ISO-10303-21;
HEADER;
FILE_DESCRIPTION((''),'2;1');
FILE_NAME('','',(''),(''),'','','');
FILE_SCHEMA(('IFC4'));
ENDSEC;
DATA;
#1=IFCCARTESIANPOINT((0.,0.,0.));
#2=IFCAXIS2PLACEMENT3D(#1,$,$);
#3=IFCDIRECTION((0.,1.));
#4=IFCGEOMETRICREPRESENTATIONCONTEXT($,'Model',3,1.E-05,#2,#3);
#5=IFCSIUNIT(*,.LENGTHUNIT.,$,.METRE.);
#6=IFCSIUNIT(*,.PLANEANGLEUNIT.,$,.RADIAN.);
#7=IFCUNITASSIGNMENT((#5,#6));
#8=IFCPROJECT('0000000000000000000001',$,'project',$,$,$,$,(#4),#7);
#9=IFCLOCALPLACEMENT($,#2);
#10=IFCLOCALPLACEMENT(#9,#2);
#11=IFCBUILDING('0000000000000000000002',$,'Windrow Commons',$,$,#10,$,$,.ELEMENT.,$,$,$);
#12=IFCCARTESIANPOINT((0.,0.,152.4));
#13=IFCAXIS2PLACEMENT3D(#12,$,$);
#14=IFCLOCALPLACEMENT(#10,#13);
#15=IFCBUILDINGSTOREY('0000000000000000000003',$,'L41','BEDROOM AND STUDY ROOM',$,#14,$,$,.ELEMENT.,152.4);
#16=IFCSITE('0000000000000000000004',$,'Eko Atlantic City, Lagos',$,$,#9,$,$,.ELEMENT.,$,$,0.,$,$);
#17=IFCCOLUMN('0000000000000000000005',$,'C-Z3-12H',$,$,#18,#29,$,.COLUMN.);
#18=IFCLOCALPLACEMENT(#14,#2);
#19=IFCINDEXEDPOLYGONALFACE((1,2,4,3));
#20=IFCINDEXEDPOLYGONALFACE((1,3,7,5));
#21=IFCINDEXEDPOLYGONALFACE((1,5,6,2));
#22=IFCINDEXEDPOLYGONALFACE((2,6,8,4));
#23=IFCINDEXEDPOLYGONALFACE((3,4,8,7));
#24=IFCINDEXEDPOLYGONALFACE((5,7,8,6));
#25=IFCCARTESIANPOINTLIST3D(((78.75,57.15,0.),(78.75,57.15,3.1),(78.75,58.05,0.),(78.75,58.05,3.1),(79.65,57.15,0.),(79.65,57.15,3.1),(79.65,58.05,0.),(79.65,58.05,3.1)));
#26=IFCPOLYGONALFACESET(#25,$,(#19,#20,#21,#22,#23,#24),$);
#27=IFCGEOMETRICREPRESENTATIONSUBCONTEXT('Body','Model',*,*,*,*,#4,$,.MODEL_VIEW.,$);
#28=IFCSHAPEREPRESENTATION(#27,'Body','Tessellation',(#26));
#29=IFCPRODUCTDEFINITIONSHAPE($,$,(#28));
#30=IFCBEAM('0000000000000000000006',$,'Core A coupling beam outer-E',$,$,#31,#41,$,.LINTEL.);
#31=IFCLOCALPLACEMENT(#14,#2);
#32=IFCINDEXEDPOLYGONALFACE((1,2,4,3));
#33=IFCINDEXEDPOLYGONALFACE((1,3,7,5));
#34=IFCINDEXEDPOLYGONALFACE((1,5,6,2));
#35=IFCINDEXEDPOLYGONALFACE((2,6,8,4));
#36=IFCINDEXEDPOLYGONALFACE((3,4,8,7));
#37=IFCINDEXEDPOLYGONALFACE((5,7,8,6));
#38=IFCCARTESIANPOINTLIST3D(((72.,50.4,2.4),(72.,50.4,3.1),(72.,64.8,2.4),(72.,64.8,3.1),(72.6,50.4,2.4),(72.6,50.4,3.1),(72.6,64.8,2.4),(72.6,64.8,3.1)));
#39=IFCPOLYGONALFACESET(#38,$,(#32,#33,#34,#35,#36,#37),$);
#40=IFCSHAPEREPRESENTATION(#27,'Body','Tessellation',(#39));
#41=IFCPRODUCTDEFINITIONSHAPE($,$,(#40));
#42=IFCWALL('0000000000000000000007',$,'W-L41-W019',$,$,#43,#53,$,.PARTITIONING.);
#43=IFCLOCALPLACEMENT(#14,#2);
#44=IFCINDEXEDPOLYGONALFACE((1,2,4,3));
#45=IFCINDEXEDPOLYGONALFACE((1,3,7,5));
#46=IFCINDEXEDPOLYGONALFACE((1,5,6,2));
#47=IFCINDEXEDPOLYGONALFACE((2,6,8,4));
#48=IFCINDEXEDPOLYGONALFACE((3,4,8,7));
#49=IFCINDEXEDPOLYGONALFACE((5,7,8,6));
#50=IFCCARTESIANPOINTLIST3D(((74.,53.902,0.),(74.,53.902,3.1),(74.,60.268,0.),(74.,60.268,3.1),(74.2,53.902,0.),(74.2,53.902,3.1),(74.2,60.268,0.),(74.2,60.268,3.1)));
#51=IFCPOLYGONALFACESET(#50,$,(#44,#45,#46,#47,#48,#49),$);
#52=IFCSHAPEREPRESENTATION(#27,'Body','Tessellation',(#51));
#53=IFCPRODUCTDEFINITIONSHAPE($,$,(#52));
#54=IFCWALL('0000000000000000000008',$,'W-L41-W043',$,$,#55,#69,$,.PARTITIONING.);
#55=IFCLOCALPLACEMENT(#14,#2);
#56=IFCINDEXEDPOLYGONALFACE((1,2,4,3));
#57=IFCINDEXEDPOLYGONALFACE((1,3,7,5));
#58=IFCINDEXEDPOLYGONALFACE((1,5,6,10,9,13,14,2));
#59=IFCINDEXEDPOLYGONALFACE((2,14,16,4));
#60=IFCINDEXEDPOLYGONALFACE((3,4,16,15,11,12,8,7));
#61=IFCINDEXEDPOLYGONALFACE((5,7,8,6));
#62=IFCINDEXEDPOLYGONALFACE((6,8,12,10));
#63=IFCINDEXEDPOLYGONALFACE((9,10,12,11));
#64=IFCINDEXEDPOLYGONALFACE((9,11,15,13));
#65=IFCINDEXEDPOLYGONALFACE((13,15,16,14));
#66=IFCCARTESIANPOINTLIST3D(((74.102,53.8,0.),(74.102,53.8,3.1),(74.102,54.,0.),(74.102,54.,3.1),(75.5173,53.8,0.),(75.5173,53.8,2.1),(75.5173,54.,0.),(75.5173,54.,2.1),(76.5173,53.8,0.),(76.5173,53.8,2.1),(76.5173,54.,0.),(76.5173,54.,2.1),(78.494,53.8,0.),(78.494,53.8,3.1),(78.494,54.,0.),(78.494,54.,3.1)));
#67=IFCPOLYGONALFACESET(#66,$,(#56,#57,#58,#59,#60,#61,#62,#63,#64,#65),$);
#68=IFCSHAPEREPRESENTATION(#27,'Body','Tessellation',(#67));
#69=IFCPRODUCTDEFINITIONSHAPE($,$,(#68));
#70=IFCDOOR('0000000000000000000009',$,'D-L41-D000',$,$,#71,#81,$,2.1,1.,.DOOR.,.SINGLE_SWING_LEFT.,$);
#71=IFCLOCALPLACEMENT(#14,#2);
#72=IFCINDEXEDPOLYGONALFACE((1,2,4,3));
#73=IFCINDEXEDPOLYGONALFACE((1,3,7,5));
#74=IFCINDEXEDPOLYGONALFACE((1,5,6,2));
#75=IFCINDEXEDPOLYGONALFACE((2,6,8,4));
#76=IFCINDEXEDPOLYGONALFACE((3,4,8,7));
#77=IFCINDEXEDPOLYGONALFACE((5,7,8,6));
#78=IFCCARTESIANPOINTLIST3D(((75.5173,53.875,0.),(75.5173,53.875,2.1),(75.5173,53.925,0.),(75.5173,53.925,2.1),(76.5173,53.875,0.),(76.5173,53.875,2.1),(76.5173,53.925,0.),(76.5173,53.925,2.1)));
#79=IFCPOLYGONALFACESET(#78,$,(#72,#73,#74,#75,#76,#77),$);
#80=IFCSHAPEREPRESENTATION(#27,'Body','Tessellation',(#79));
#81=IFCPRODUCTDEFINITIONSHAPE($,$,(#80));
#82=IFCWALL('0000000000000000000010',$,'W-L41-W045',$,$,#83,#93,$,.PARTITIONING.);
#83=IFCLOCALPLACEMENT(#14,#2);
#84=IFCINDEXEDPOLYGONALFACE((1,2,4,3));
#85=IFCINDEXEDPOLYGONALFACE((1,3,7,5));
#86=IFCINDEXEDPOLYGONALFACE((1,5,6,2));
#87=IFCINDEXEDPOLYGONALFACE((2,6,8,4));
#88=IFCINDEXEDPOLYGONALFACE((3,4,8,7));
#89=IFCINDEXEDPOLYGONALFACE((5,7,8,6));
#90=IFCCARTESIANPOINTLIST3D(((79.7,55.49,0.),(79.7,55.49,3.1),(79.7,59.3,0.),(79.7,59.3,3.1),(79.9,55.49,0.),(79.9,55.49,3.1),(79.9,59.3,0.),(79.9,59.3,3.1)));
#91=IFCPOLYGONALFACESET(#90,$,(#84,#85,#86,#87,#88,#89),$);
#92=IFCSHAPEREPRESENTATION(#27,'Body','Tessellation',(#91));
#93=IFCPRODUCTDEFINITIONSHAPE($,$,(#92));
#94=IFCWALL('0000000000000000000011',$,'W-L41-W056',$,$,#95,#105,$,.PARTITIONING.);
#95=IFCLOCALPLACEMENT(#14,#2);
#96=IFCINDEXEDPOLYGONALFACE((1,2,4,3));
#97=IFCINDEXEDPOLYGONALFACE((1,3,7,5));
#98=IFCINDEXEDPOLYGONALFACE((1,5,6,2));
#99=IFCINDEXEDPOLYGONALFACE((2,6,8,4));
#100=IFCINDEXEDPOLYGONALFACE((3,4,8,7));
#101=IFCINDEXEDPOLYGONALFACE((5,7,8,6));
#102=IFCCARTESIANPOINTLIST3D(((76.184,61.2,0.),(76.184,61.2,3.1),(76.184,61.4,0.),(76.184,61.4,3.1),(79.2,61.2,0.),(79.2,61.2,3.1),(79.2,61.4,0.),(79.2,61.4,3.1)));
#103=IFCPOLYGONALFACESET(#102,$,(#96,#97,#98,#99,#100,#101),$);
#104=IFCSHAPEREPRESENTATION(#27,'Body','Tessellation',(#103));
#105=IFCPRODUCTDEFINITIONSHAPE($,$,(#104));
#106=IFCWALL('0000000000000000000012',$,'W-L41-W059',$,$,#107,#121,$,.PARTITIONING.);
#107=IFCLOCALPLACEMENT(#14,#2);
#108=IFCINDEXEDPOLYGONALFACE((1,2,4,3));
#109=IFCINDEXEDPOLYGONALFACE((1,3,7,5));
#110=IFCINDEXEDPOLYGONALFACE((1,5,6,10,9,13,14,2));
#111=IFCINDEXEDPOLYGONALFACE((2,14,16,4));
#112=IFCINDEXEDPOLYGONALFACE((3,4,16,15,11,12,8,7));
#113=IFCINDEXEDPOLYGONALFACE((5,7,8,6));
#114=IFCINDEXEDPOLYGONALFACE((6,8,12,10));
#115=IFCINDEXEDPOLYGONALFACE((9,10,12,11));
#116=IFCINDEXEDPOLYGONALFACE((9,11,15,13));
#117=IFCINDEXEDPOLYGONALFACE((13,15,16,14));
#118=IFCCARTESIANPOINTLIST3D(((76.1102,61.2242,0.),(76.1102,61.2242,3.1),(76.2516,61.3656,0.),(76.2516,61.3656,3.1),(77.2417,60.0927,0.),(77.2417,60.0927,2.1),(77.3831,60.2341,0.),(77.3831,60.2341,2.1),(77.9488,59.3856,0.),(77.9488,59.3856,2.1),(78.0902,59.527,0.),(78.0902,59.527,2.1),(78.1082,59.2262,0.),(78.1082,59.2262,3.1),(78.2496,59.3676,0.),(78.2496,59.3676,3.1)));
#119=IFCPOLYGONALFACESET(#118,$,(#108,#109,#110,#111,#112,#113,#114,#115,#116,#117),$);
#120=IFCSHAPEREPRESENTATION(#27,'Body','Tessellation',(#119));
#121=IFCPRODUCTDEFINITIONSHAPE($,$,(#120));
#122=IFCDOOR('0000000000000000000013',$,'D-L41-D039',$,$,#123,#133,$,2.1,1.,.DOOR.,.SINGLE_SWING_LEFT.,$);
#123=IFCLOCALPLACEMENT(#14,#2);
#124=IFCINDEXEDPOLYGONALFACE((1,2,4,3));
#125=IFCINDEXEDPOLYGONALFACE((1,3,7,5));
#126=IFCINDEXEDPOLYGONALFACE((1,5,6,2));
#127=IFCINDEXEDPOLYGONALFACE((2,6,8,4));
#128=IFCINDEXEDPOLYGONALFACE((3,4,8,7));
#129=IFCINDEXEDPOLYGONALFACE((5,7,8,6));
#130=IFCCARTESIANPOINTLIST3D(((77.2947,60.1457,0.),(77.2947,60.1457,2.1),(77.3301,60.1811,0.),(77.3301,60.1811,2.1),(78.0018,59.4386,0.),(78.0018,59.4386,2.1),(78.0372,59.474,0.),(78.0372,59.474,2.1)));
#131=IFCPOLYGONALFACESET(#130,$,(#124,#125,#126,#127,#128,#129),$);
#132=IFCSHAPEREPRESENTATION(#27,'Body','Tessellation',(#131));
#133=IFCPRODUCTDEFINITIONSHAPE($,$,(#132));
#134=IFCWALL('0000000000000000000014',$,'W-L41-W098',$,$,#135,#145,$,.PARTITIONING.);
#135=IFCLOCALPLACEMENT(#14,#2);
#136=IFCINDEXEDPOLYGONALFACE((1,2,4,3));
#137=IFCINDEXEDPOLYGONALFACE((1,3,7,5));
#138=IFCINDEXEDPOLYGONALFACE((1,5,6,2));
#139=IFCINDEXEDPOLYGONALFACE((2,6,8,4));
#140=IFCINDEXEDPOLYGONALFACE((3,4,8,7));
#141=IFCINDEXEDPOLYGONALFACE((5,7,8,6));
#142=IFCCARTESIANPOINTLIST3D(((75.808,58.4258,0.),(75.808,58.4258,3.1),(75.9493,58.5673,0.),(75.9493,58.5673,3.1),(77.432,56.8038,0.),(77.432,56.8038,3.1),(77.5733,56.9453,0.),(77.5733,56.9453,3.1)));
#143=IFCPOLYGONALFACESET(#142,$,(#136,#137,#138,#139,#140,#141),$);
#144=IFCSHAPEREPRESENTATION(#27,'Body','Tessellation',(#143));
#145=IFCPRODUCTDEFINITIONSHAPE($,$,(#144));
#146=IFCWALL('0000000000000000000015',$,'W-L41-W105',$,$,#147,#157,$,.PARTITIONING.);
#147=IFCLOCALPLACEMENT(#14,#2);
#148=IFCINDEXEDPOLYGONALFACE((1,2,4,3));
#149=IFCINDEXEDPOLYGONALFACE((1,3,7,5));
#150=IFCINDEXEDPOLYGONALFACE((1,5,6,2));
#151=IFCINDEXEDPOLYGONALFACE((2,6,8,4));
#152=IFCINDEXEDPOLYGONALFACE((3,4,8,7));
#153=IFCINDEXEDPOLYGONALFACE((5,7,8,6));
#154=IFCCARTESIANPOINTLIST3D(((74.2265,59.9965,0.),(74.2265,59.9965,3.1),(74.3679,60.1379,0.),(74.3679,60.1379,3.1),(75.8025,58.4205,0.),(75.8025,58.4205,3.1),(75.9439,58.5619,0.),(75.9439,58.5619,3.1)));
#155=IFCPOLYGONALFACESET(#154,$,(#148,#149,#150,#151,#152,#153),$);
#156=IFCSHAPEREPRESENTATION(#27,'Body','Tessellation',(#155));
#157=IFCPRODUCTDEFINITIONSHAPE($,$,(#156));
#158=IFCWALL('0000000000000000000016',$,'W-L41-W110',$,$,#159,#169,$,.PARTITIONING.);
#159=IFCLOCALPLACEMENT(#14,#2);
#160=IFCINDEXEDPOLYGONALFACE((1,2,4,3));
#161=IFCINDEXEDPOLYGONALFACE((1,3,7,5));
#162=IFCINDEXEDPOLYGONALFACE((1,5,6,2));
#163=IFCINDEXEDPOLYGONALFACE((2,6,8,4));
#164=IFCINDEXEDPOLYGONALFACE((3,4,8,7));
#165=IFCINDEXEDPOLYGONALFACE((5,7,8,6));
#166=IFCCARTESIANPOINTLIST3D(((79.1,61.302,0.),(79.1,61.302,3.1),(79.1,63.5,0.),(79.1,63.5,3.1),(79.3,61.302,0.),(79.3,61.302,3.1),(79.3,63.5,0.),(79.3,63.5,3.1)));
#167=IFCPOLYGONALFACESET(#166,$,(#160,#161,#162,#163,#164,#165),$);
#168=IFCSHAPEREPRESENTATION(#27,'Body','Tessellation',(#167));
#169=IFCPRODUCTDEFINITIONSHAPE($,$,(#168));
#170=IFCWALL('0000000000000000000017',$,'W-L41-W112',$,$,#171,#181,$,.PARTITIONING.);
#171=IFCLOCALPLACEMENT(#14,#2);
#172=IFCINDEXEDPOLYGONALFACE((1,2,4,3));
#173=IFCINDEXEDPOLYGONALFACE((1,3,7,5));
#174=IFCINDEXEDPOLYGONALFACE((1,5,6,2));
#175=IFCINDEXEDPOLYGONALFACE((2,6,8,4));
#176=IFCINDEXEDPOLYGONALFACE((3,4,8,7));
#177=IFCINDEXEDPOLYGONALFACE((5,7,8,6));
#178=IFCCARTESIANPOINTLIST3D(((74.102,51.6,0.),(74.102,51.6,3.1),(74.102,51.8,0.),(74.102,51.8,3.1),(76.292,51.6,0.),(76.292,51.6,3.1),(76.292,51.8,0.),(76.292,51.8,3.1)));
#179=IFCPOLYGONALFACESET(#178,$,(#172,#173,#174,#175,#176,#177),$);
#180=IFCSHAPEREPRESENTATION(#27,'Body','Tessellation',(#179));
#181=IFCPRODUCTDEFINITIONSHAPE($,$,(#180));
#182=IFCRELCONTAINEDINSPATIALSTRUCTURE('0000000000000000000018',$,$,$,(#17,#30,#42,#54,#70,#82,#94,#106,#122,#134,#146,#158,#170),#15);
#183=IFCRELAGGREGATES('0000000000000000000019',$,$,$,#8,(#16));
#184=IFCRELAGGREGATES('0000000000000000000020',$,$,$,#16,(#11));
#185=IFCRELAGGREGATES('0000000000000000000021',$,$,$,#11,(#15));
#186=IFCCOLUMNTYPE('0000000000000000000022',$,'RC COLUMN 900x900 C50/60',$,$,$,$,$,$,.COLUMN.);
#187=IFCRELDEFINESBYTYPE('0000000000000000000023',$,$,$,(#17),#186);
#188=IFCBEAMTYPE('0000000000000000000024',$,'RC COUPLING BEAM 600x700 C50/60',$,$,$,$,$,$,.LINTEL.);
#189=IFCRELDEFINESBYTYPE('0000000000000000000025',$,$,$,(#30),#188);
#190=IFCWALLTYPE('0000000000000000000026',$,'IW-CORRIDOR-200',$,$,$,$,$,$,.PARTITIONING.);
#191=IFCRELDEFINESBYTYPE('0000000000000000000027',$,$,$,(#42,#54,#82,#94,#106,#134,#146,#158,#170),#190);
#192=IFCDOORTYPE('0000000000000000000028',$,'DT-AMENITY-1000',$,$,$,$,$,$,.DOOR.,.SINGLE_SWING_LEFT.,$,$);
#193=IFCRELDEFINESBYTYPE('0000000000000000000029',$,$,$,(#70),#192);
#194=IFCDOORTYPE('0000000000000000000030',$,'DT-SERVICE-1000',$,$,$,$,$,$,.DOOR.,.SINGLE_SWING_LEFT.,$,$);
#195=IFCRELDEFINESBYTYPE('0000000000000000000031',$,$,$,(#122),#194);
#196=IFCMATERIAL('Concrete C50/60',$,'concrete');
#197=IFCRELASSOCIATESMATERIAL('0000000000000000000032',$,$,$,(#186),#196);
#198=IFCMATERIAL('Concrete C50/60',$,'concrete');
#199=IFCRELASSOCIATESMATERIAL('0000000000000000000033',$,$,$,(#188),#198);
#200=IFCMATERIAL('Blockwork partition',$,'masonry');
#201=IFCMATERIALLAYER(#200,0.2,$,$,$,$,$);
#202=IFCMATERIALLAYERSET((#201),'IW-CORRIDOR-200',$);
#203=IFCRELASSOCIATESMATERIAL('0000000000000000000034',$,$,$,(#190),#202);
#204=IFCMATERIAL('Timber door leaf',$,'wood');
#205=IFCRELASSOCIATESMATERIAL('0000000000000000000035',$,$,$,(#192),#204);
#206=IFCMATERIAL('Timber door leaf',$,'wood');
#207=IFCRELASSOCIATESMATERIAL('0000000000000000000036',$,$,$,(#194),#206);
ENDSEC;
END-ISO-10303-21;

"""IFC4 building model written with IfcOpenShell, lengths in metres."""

from ifc_helpers import new_model, si_unit, direction, frame, frame_2d, origin, origin_2d, place, context, subcontext, project, spatial, rectangle, extrude, material, layer, layer_set, material_profile, profile_set, type_object, element, fill, save


model = new_model("IFC4")

# Units and contexts
model_context = context("Model", 3, precision=1e-05, world=origin(), true_north=direction((0.0, 1.0)))
body_context = subcontext(model_context, "Body", "Model", "MODEL_VIEW")
ifc_project = project(units=[si_unit("LENGTHUNIT", "METRE"), si_unit("PLANEANGLEUNIT", "RADIAN")], contexts=[model_context])

# Site, building, storey
site_placement = place(None, origin())
site = spatial("IfcSite", under=ifc_project, at=site_placement, Name="Eko Atlantic City, Lagos", CompositionType="ELEMENT", RefElevation=0.0)
building_placement = place(site_placement, origin())
building = spatial("IfcBuilding", under=site, at=building_placement, Name="Windrow Commons", CompositionType="ELEMENT")
storey_placement = place(building_placement, frame((0.0, 0.0, 152.4)))
storey = spatial("IfcBuildingStorey", under=building, at=storey_placement, Name="L41", Description="BEDROOM AND STUDY ROOM", CompositionType="ELEMENT", Elevation=152.4)

# Column
ifc_material_1 = material(Name="Concrete C50/60", Category="concrete")
ifc_material_profile_1 = material_profile(ifc_material_1, rectangle(XDim=0.9, YDim=0.9, at=origin_2d()))
ifc_profile_set_1 = profile_set([ifc_material_profile_1], Name="Concrete C50/60")
column_type = type_object("IfcColumnType", Name="RC COLUMN 900x900 C50/60", PredefinedType="COLUMN", material=ifc_profile_set_1)
column_placement = place(storey_placement, frame((79.2, 57.6, 0.0), z_axis=(0.0, 0.0, 1.0), x_axis=(1.0, 0.0, 0.0)))
element("IfcColumn", 1, at=column_placement, inside=storey, type_object=column_type, Name="C-Z3-12H", PredefinedType="COLUMN", context=body_context, shape_type="SweptSolid", body=[
    extrude(rectangle(XDim=0.9, YDim=0.9, at=origin_2d()), origin(), (0.0, 0.0, 1.0), 3.1),
])

# Beam
ifc_material_2 = material(Name="Concrete C50/60", Category="concrete")
ifc_material_profile_2 = material_profile(ifc_material_2, rectangle(XDim=0.6, YDim=0.7, at=origin_2d()))
ifc_profile_set_2 = profile_set([ifc_material_profile_2], Name="Concrete C50/60")
beam_type = type_object("IfcBeamType", Name="RC COUPLING BEAM 600x700 C50/60", PredefinedType="LINTEL", material=ifc_profile_set_2)
beam_placement = place(storey_placement, frame((72.3, 50.4, 2.75), z_axis=(0.0, 1.0, 0.0), x_axis=(-1.0, 0.0, 0.0)))
element("IfcBeam", 2, at=beam_placement, inside=storey, type_object=beam_type, Name="Core A coupling beam outer-E", PredefinedType="LINTEL", context=body_context, shape_type="SweptSolid", body=[
    extrude(rectangle(XDim=0.6, YDim=0.7, at=origin_2d()), origin(), (0.0, 0.0, 1.0), 14.4),
])

# Wall
ifc_material_3 = material(Name="Blockwork partition", Category="masonry")
ifc_layer_1 = layer(ifc_material_3, 0.2)
ifc_layer_set_1 = layer_set([ifc_layer_1], Name="IW-CORRIDOR-200")
wall_type_1 = type_object("IfcWallType", Name="IW-CORRIDOR-200", PredefinedType="PARTITIONING", material=ifc_layer_set_1)
wall_1_placement = place(storey_placement, frame((74.1, 53.902, 0.0), z_axis=(0.0, 0.0, 1.0), x_axis=(0.0, 1.0, 0.0)))
element("IfcWall", 3, at=wall_1_placement, inside=storey, type_object=wall_type_1, Name="W-L41-W019", PredefinedType="PARTITIONING", context=body_context, shape_type="SweptSolid", body=[
    extrude(rectangle(XDim=6.366, YDim=0.2, at=frame_2d((3.183, 0.0))), origin(), (0.0, 0.0, 1.0), 3.1),
])

# Wall, opening, door
wall_2_placement = place(storey_placement, frame((74.102, 53.9, 0.0), z_axis=(0.0, 0.0, 1.0), x_axis=(1.0, 0.0, 0.0)))
wall_2 = element("IfcWall", 4, at=wall_2_placement, inside=storey, type_object=wall_type_1, Name="W-L41-W043", PredefinedType="PARTITIONING", context=body_context, shape_type="SweptSolid", body=[
    extrude(rectangle(XDim=4.392, YDim=0.2, at=frame_2d((2.196, 0.0))), origin(), (0.0, 0.0, 1.0), 3.1),
])
opening_1_placement = place(wall_2_placement, frame((1.4153, 0.0, 0.0)))
opening_1 = element("IfcOpeningElement", 5, at=opening_1_placement, cuts=wall_2, PredefinedType="OPENING", context=body_context, shape_type="SweptSolid", body=[
    extrude(rectangle(XDim=1.0, YDim=2.1, at=frame_2d((0.5, 1.05))), frame((0.0, 0.11, 0.0), z_axis=(0.0, -1.0, 0.0), x_axis=(1.0, 0.0, 0.0)), (0.0, 0.0, 1.0), 0.22),
])
ifc_material_4 = material(Name="Timber door leaf", Category="wood")
door_type_1 = type_object("IfcDoorType", Name="DT-AMENITY-1000", OperationType="SINGLE_SWING_LEFT", PredefinedType="DOOR", material=ifc_material_4)
door_1_placement = place(opening_1_placement, origin())
door_1 = element("IfcDoor", 6, at=door_1_placement, inside=storey, type_object=door_type_1, Name="D-L41-D000", OperationType="SINGLE_SWING_LEFT", OverallHeight=2.1, OverallWidth=1.0, PredefinedType="DOOR", context=body_context, shape_type="SweptSolid", body=[
    extrude(rectangle(XDim=1.0, YDim=2.1, at=frame_2d((0.5, 1.05))), frame((0.0, 0.025, 0.0), z_axis=(0.0, -1.0, 0.0), x_axis=(1.0, 0.0, 0.0)), (0.0, 0.0, 1.0), 0.05),
])
fill(opening_1, door_1)

# Walls
wall_3_placement = place(storey_placement, frame((79.8, 55.49, 0.0), z_axis=(0.0, 0.0, 1.0), x_axis=(0.0, 1.0, 0.0)))
element("IfcWall", 7, at=wall_3_placement, inside=storey, type_object=wall_type_1, Name="W-L41-W045", PredefinedType="PARTITIONING", context=body_context, shape_type="SweptSolid", body=[
    extrude(rectangle(XDim=3.81, YDim=0.2, at=frame_2d((1.905, 0.0))), origin(), (0.0, 0.0, 1.0), 3.1),
])
wall_4_placement = place(storey_placement, frame((76.184, 61.3, 0.0), z_axis=(0.0, 0.0, 1.0), x_axis=(1.0, 0.0, 0.0)))
element("IfcWall", 8, at=wall_4_placement, inside=storey, type_object=wall_type_1, Name="W-L41-W056", PredefinedType="PARTITIONING", context=body_context, shape_type="SweptSolid", body=[
    extrude(rectangle(XDim=3.016, YDim=0.2, at=frame_2d((1.508, 0.0))), origin(), (0.0, 0.0, 1.0), 3.1),
])

# Wall, opening, door
wall_5_placement = place(storey_placement, frame((76.1809, 61.2949, 0.0), z_axis=(0.0, 0.0, 1.0), x_axis=(0.707107, -0.707107, 0.0)))
wall_5 = element("IfcWall", 9, at=wall_5_placement, inside=storey, type_object=wall_type_1, Name="W-L41-W059", PredefinedType="PARTITIONING", context=body_context, shape_type="SweptSolid", body=[
    extrude(rectangle(XDim=2.8256, YDim=0.2, at=frame_2d((1.4128, 0.0))), origin(), (0.0, 0.0, 1.0), 3.1),
])
opening_2_placement = place(wall_5_placement, frame((1.6002, 0.0, 0.0)))
opening_2 = element("IfcOpeningElement", 10, at=opening_2_placement, cuts=wall_5, PredefinedType="OPENING", context=body_context, shape_type="SweptSolid", body=[
    extrude(rectangle(XDim=1.0, YDim=2.1, at=frame_2d((0.5, 1.05))), frame((0.0, 0.11, 0.0), z_axis=(0.0, -1.0, 0.0), x_axis=(1.0, 0.0, 0.0)), (0.0, 0.0, 1.0), 0.22),
])
ifc_material_5 = material(Name="Timber door leaf", Category="wood")
door_type_2 = type_object("IfcDoorType", Name="DT-SERVICE-1000", OperationType="SINGLE_SWING_LEFT", PredefinedType="DOOR", material=ifc_material_5)
door_2_placement = place(opening_2_placement, origin())
door_2 = element("IfcDoor", 11, at=door_2_placement, inside=storey, type_object=door_type_2, Name="D-L41-D039", OperationType="SINGLE_SWING_LEFT", OverallHeight=2.1, OverallWidth=1.0, PredefinedType="DOOR", context=body_context, shape_type="SweptSolid", body=[
    extrude(rectangle(XDim=1.0, YDim=2.1, at=frame_2d((0.5, 1.05))), frame((0.0, 0.025, 0.0), z_axis=(0.0, -1.0, 0.0), x_axis=(1.0, 0.0, 0.0)), (0.0, 0.0, 1.0), 0.05),
])
fill(opening_2, door_2)

# Walls
wall_6_placement = place(storey_placement, frame((75.8786, 58.4966, 0.0), z_axis=(0.0, 0.0, 1.0), x_axis=(0.707542, -0.706671, 0.0)))
element("IfcWall", 12, at=wall_6_placement, inside=storey, type_object=wall_type_1, Name="W-L41-W098", PredefinedType="PARTITIONING", context=body_context, shape_type="SweptSolid", body=[
    extrude(rectangle(XDim=2.2953, YDim=0.2, at=frame_2d((1.1477, 0.0))), origin(), (0.0, 0.0, 1.0), 3.1),
])
wall_7_placement = place(storey_placement, frame((74.2972, 60.0672, 0.0), z_axis=(0.0, 0.0, 1.0), x_axis=(0.707107, -0.707107, 0.0)))
element("IfcWall", 13, at=wall_7_placement, inside=storey, type_object=wall_type_1, Name="W-L41-W105", PredefinedType="PARTITIONING", context=body_context, shape_type="SweptSolid", body=[
    extrude(rectangle(XDim=2.2288, YDim=0.2, at=frame_2d((1.1144, 0.0))), origin(), (0.0, 0.0, 1.0), 3.1),
])
wall_8_placement = place(storey_placement, frame((79.2, 61.302, 0.0), z_axis=(0.0, 0.0, 1.0), x_axis=(0.0, 1.0, 0.0)))
element("IfcWall", 14, at=wall_8_placement, inside=storey, type_object=wall_type_1, Name="W-L41-W110", PredefinedType="PARTITIONING", context=body_context, shape_type="SweptSolid", body=[
    extrude(rectangle(XDim=2.198, YDim=0.2, at=frame_2d((1.099, 0.0))), origin(), (0.0, 0.0, 1.0), 3.1),
])
wall_9_placement = place(storey_placement, frame((74.102, 51.7, 0.0), z_axis=(0.0, 0.0, 1.0), x_axis=(1.0, 0.0, 0.0)))
element("IfcWall", 15, at=wall_9_placement, inside=storey, type_object=wall_type_1, Name="W-L41-W112", PredefinedType="PARTITIONING", context=body_context, shape_type="SweptSolid", body=[
    extrude(rectangle(XDim=2.19, YDim=0.2, at=frame_2d((1.095, 0.0))), origin(), (0.0, 0.0, 1.0), 3.1),
])

save(model, "model.ifc")
